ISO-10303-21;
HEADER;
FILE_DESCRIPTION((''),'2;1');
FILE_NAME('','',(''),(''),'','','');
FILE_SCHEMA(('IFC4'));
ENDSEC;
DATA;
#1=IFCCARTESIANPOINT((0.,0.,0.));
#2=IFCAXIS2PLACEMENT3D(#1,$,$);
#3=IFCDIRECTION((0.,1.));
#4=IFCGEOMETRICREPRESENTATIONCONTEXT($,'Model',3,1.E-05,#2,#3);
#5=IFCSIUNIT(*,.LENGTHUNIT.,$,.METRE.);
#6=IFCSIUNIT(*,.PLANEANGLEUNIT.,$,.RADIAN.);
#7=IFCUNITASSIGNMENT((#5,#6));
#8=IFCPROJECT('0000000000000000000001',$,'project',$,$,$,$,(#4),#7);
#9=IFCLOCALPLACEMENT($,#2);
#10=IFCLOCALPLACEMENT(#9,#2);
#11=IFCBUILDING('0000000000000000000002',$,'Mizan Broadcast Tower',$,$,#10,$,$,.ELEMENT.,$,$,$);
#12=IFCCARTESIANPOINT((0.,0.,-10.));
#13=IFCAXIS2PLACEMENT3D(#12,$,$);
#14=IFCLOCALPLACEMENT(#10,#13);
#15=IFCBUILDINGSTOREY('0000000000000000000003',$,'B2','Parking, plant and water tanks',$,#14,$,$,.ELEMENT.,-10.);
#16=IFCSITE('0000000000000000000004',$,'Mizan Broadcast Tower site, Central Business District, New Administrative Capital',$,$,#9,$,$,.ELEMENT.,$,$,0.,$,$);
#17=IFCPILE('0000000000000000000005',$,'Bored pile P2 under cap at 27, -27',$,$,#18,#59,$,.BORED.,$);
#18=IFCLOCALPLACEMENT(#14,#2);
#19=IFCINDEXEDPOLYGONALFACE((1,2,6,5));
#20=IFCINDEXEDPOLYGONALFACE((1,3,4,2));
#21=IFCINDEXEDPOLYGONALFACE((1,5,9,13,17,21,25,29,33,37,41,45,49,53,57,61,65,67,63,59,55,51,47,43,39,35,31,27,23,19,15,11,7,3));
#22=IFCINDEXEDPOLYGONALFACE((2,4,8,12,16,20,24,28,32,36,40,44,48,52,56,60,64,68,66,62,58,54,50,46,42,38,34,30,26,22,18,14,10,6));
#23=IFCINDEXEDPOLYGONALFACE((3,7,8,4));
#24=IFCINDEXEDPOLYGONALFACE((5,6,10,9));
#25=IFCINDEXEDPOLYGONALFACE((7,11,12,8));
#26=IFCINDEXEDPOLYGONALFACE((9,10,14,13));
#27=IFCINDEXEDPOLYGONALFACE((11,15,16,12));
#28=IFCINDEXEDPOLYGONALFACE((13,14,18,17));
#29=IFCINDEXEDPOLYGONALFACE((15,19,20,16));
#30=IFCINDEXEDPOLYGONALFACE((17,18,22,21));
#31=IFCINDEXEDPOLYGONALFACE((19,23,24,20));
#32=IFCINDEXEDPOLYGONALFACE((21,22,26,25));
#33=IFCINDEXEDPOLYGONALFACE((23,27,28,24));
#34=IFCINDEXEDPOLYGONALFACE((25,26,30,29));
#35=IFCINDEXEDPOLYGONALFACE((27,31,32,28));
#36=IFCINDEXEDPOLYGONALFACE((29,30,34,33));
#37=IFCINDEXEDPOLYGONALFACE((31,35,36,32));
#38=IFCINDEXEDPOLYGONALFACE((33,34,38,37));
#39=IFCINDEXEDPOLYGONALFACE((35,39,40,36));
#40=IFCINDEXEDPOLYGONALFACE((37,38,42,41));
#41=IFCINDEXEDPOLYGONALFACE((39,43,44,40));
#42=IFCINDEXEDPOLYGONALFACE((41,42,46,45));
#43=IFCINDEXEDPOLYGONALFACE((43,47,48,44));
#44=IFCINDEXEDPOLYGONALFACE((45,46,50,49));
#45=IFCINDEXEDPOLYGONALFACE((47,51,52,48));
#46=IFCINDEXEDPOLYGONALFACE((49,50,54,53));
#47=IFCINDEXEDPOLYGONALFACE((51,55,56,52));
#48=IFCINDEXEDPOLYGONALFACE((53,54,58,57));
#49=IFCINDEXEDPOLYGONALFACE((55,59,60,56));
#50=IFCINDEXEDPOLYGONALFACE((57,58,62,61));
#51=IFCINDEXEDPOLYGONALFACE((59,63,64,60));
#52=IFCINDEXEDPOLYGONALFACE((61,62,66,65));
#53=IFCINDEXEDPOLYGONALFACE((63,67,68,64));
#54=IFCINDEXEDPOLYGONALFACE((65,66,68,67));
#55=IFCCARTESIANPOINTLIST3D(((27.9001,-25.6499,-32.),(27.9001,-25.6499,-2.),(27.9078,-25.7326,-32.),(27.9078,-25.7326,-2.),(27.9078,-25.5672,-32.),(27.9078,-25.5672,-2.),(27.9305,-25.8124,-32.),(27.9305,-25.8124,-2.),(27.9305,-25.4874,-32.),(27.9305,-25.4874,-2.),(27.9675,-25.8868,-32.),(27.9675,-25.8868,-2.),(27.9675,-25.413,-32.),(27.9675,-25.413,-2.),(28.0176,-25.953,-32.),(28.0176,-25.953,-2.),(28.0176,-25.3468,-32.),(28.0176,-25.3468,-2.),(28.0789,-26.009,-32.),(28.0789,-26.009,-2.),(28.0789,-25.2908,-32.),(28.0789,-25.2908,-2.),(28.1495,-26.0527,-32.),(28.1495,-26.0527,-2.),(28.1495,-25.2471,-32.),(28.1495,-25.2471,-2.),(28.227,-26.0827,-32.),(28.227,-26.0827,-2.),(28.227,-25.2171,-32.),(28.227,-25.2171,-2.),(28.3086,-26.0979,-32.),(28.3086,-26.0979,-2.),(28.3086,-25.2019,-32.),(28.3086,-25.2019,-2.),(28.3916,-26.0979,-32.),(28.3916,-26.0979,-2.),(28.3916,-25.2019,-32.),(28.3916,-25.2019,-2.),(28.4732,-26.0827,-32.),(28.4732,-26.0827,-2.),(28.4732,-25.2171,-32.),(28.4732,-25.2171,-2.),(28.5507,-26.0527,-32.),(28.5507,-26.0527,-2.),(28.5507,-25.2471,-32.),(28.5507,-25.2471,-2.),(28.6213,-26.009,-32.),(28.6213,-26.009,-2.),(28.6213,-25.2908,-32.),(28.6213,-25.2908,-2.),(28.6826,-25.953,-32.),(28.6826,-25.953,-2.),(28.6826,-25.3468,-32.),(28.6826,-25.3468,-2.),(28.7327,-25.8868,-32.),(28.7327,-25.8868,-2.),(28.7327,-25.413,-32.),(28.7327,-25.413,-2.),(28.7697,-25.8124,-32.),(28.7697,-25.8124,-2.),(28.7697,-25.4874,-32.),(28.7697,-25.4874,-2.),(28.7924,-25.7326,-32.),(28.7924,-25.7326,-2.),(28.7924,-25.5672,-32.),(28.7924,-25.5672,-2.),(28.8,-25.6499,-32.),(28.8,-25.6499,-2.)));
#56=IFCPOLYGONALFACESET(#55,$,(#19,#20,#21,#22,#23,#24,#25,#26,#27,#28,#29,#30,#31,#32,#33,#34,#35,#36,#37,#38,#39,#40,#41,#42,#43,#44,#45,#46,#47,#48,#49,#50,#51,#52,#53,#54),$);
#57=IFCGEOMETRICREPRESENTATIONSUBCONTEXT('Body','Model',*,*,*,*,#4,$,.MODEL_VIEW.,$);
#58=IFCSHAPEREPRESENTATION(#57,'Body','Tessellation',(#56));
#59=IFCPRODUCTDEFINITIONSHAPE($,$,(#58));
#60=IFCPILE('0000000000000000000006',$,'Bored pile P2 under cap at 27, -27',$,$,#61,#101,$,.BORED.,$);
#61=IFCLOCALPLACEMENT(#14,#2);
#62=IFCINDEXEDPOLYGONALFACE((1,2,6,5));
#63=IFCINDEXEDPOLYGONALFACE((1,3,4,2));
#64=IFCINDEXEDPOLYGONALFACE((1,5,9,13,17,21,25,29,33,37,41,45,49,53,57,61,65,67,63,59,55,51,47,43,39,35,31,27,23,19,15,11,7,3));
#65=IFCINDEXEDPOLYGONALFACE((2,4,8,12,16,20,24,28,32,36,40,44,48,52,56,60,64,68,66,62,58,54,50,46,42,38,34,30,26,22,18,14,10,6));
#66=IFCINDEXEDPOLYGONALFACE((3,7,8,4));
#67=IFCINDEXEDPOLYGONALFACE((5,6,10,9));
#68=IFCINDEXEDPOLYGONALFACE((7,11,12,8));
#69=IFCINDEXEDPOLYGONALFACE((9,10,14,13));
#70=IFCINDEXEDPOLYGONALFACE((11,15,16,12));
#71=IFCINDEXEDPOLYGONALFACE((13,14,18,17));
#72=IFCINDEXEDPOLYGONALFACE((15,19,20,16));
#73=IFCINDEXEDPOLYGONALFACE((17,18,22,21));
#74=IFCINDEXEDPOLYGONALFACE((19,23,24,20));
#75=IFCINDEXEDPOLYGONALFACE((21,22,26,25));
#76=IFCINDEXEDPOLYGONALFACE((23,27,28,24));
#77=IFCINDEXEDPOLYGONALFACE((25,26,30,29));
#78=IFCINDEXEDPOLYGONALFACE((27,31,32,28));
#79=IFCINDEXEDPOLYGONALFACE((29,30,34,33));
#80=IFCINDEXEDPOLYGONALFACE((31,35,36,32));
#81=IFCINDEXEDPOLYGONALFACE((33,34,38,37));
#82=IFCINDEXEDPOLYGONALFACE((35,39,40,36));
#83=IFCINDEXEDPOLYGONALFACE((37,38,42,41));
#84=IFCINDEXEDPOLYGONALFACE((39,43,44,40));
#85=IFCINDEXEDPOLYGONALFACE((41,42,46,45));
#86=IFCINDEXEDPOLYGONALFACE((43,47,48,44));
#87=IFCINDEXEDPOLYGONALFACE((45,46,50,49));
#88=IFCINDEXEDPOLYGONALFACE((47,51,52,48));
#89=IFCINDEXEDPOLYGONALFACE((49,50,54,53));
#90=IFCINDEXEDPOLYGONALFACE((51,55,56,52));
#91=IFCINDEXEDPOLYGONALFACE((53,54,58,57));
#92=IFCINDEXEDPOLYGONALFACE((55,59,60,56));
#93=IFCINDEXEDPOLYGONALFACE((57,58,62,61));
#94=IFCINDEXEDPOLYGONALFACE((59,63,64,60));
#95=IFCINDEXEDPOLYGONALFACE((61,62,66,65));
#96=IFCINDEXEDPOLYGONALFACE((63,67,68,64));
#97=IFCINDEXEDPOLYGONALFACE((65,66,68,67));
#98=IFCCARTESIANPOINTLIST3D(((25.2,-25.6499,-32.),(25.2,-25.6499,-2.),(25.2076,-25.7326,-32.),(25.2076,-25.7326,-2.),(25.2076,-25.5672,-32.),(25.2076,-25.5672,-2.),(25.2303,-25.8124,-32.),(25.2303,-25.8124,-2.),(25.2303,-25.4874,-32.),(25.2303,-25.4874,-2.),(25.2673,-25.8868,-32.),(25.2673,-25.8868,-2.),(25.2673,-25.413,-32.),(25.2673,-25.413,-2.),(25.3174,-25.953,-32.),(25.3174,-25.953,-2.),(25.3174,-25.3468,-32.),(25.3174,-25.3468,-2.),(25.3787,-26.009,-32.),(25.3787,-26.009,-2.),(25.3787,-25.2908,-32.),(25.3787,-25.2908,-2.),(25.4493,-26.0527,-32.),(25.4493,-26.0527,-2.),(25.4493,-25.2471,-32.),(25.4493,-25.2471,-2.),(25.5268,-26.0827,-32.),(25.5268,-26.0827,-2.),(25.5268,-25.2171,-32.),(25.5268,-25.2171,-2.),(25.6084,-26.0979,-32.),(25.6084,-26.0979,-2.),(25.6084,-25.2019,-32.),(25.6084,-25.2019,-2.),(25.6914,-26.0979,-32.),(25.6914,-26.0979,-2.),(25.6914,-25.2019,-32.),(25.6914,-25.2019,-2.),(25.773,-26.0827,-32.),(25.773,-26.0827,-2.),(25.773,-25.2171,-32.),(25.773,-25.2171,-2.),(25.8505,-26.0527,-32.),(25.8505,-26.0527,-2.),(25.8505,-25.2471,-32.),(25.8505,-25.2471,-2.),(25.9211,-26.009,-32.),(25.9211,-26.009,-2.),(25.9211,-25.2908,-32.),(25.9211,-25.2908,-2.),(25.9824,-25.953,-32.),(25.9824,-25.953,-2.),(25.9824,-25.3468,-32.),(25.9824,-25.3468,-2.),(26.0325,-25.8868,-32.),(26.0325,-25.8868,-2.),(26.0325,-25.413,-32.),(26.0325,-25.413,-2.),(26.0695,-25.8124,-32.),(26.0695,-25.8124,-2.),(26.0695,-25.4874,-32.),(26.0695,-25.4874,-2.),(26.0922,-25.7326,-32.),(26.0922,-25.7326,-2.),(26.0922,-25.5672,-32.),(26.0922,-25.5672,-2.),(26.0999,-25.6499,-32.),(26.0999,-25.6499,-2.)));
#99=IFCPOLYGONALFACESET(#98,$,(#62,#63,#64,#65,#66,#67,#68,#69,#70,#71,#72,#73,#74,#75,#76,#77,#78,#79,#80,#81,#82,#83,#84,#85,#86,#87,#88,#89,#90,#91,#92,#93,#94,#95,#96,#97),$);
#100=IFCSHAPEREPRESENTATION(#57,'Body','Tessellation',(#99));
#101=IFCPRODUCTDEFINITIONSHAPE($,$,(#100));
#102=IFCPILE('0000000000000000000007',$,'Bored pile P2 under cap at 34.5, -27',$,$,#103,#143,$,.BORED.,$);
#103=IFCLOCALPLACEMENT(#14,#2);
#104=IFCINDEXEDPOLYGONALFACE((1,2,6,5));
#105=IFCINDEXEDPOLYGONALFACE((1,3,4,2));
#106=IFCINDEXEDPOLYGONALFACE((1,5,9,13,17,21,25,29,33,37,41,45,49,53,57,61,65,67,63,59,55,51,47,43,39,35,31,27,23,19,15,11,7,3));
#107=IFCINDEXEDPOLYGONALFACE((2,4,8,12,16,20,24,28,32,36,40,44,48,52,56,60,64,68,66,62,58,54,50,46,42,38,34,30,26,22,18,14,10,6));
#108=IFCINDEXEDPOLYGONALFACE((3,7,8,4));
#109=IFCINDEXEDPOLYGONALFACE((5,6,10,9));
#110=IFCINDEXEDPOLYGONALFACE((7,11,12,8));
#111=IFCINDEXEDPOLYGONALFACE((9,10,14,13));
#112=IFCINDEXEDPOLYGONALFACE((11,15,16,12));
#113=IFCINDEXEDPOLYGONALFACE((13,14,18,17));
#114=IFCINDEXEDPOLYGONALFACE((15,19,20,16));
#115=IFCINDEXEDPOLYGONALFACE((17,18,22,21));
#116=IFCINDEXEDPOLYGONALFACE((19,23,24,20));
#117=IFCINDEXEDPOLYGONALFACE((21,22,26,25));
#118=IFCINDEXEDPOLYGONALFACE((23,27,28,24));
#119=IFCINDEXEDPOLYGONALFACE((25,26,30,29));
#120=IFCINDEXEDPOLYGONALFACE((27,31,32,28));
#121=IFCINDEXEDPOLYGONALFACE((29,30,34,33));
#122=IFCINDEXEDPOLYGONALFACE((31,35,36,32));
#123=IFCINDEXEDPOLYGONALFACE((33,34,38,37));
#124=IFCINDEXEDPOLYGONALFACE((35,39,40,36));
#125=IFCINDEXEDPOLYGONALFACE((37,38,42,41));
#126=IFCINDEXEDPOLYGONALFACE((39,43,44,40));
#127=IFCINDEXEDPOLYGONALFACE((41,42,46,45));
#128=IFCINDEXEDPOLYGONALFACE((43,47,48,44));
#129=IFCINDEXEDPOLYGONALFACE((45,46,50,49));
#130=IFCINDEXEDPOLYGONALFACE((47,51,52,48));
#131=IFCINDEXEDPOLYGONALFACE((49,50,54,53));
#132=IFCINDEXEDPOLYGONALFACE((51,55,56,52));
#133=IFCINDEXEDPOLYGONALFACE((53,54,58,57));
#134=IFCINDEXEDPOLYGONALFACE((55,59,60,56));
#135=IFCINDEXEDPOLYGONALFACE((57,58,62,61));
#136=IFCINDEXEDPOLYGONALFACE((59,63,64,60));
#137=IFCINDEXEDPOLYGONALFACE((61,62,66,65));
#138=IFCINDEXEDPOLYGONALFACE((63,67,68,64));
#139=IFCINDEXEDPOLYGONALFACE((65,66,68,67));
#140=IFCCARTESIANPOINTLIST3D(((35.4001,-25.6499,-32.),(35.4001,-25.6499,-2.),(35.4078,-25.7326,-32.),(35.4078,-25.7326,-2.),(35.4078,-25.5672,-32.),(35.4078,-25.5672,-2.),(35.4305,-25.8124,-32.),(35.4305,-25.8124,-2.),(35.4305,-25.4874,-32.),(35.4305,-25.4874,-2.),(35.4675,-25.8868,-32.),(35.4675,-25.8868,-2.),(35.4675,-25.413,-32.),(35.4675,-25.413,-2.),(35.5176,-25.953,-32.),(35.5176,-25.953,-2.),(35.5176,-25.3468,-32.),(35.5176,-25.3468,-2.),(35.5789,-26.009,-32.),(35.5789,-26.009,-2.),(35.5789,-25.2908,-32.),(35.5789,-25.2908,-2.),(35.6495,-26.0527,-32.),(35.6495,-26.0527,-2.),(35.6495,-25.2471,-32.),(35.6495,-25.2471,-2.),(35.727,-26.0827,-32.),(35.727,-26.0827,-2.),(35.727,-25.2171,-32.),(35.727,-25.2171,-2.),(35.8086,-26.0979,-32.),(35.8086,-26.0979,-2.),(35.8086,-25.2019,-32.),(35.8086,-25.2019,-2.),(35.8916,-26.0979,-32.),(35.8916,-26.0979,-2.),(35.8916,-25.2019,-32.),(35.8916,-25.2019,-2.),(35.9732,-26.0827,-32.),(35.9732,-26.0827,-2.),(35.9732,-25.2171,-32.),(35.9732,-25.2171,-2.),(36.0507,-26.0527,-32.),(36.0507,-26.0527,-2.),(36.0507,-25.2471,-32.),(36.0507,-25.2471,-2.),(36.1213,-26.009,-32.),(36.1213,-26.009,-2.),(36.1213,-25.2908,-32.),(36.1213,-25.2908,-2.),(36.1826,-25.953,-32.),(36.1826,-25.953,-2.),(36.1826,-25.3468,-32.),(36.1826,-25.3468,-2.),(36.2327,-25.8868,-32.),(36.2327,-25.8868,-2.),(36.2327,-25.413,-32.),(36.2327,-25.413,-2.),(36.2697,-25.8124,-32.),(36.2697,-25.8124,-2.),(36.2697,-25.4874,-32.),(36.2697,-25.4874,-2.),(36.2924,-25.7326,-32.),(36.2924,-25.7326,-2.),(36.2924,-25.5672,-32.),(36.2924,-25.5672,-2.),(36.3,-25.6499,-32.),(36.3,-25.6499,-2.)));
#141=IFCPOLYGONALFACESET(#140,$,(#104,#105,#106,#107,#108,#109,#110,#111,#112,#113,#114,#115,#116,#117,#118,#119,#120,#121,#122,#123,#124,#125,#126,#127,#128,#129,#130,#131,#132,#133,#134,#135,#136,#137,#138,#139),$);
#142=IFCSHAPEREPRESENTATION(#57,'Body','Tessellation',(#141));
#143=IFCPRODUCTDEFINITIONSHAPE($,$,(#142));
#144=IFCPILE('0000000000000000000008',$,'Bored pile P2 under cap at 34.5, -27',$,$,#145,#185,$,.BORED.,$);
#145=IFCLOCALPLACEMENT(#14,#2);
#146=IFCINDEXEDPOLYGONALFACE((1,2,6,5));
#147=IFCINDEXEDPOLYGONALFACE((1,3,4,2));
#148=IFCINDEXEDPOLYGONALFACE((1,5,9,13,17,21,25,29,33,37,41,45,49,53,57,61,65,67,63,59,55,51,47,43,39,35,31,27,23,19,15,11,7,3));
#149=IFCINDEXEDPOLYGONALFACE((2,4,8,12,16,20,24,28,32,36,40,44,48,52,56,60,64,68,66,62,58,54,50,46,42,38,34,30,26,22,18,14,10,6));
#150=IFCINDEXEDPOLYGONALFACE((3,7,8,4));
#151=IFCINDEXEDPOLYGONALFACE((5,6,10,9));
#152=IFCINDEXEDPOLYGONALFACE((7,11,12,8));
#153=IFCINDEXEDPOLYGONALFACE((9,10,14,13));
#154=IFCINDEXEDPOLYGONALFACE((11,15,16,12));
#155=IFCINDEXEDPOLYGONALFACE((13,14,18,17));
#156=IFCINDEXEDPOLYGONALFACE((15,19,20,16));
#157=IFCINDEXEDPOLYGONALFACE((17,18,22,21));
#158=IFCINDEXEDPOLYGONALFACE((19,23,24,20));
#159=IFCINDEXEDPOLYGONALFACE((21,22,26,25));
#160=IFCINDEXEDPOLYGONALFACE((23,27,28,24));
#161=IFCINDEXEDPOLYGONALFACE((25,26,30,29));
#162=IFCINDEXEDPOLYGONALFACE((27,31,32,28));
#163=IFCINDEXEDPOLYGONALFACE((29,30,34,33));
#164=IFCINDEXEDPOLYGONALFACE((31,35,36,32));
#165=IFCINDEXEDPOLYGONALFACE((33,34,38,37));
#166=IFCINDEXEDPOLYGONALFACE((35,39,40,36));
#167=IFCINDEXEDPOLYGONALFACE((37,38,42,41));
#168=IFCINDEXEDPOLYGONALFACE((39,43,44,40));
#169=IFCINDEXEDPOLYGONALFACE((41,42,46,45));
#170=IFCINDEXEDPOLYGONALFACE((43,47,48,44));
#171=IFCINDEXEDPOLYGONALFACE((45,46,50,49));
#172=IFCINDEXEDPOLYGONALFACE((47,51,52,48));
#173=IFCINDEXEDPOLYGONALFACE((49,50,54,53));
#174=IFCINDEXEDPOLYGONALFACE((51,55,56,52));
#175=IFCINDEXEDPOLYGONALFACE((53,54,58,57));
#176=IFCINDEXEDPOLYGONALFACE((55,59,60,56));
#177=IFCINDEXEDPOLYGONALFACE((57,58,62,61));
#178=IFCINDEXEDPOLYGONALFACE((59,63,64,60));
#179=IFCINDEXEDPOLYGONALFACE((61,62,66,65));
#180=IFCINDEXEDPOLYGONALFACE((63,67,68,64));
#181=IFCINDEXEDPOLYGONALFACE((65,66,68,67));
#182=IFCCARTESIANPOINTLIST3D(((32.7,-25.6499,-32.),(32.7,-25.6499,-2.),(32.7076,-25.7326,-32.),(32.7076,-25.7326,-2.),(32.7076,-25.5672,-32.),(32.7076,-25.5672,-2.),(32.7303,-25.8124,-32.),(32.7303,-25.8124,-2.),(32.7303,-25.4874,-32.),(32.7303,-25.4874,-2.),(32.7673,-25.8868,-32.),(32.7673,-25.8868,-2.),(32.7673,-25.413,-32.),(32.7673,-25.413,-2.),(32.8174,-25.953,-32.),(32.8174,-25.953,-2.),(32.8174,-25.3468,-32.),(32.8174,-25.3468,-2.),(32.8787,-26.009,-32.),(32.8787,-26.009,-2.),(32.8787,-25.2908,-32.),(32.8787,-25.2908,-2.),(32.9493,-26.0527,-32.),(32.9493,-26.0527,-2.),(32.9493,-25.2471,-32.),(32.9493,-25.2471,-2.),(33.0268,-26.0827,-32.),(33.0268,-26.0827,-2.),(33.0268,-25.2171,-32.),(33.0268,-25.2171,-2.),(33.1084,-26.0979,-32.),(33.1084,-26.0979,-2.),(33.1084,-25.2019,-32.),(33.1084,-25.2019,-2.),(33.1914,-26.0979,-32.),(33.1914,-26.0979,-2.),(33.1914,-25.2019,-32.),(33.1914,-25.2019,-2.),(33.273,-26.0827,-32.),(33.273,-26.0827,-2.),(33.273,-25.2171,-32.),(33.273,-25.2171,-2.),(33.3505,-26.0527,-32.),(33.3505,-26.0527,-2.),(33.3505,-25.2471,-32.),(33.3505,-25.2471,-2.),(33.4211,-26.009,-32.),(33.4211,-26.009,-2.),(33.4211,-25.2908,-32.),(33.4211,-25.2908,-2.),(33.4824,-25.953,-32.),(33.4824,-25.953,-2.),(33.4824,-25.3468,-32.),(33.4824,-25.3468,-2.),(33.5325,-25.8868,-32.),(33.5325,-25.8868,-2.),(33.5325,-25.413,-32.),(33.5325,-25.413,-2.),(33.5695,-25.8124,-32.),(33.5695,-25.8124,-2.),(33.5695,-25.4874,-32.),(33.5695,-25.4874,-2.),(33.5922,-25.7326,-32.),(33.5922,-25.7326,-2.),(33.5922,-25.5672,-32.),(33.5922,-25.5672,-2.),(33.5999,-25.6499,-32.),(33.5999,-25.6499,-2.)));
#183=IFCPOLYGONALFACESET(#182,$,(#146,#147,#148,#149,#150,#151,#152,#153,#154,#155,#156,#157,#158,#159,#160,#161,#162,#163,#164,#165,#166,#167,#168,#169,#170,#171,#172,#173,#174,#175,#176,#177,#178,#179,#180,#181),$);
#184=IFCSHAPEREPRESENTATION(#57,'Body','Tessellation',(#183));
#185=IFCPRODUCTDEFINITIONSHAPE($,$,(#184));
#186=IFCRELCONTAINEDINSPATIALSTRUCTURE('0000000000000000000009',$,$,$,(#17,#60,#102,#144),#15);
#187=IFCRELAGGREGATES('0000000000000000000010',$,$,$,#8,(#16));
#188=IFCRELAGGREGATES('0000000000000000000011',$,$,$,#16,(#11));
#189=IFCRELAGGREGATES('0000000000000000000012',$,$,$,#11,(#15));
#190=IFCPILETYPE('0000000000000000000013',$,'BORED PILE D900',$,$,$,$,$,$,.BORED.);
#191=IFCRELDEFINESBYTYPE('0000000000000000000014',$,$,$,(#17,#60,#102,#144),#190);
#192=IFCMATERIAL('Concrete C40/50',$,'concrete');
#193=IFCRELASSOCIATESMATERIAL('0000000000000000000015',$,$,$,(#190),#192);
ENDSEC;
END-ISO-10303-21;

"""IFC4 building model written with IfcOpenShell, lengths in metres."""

from ifc_helpers import new_model, si_unit, direction, frame, origin, origin_2d, place, context, subcontext, project, spatial, circle, extrude, material, material_profile, profile_set, type_object, element, save


model = new_model("IFC4")

# Units and contexts
model_context = context("Model", 3, precision=1e-05, world=origin(), true_north=direction((0.0, 1.0)))
body_context = subcontext(model_context, "Body", "Model", "MODEL_VIEW")
ifc_project = project(units=[si_unit("LENGTHUNIT", "METRE"), si_unit("PLANEANGLEUNIT", "RADIAN")], contexts=[model_context])

# Site, building, storey
site_placement = place(None, origin())
site = spatial("IfcSite", under=ifc_project, at=site_placement, Name="Mizan Broadcast Tower site, Central Business District, New Administrative Capital", CompositionType="ELEMENT", RefElevation=0.0)
building_placement = place(site_placement, origin())
building = spatial("IfcBuilding", under=site, at=building_placement, Name="Mizan Broadcast Tower", CompositionType="ELEMENT")
storey_placement = place(building_placement, frame((0.0, 0.0, -10.0)))
storey = spatial("IfcBuildingStorey", under=building, at=storey_placement, Name="B2", Description="Parking, plant and water tanks", CompositionType="ELEMENT", Elevation=-10.0)

# Piles
ifc_material_1 = material(Name="Concrete C40/50", Category="concrete")
ifc_material_profile_1 = material_profile(ifc_material_1, circle(Radius=0.45, at=origin_2d()), Name="D900")
ifc_profile_set_1 = profile_set([ifc_material_profile_1], Name="Concrete C40/50")
pile_type = type_object("IfcPileType", Name="BORED PILE D900", PredefinedType="BORED", material=ifc_profile_set_1)
for number, where, z_axis, x_axis, name in (
    (1, (28.3501, -25.6499, -2.0), (0.0, 0.0, -1.0), (1.0, 0.0, 0.0), "Bored pile P2 under cap at 27, -27"),
    (2, (25.6499, -25.6499, -2.0), (0.0, 0.0, -1.0), (1.0, 0.0, 0.0), "Bored pile P2 under cap at 27, -27"),
    (3, (35.8501, -25.6499, -2.0), (0.0, 0.0, -1.0), (1.0, 0.0, 0.0), "Bored pile P2 under cap at 34.5, -27"),
    (4, (33.1499, -25.6499, -2.0), (0.0, 0.0, -1.0), (1.0, 0.0, 0.0), "Bored pile P2 under cap at 34.5, -27"),
):
    element("IfcPile", number, at=place(storey_placement, frame(where, z_axis=z_axis, x_axis=x_axis)), inside=storey, type_object=pile_type, Name=name, PredefinedType="BORED", context=body_context, shape_type="SweptSolid", body=[
        extrude(circle(Radius=0.45, at=origin_2d()), origin(), (0.0, 0.0, 1.0), 30.0),
    ])

save(model, "model.ifc")
